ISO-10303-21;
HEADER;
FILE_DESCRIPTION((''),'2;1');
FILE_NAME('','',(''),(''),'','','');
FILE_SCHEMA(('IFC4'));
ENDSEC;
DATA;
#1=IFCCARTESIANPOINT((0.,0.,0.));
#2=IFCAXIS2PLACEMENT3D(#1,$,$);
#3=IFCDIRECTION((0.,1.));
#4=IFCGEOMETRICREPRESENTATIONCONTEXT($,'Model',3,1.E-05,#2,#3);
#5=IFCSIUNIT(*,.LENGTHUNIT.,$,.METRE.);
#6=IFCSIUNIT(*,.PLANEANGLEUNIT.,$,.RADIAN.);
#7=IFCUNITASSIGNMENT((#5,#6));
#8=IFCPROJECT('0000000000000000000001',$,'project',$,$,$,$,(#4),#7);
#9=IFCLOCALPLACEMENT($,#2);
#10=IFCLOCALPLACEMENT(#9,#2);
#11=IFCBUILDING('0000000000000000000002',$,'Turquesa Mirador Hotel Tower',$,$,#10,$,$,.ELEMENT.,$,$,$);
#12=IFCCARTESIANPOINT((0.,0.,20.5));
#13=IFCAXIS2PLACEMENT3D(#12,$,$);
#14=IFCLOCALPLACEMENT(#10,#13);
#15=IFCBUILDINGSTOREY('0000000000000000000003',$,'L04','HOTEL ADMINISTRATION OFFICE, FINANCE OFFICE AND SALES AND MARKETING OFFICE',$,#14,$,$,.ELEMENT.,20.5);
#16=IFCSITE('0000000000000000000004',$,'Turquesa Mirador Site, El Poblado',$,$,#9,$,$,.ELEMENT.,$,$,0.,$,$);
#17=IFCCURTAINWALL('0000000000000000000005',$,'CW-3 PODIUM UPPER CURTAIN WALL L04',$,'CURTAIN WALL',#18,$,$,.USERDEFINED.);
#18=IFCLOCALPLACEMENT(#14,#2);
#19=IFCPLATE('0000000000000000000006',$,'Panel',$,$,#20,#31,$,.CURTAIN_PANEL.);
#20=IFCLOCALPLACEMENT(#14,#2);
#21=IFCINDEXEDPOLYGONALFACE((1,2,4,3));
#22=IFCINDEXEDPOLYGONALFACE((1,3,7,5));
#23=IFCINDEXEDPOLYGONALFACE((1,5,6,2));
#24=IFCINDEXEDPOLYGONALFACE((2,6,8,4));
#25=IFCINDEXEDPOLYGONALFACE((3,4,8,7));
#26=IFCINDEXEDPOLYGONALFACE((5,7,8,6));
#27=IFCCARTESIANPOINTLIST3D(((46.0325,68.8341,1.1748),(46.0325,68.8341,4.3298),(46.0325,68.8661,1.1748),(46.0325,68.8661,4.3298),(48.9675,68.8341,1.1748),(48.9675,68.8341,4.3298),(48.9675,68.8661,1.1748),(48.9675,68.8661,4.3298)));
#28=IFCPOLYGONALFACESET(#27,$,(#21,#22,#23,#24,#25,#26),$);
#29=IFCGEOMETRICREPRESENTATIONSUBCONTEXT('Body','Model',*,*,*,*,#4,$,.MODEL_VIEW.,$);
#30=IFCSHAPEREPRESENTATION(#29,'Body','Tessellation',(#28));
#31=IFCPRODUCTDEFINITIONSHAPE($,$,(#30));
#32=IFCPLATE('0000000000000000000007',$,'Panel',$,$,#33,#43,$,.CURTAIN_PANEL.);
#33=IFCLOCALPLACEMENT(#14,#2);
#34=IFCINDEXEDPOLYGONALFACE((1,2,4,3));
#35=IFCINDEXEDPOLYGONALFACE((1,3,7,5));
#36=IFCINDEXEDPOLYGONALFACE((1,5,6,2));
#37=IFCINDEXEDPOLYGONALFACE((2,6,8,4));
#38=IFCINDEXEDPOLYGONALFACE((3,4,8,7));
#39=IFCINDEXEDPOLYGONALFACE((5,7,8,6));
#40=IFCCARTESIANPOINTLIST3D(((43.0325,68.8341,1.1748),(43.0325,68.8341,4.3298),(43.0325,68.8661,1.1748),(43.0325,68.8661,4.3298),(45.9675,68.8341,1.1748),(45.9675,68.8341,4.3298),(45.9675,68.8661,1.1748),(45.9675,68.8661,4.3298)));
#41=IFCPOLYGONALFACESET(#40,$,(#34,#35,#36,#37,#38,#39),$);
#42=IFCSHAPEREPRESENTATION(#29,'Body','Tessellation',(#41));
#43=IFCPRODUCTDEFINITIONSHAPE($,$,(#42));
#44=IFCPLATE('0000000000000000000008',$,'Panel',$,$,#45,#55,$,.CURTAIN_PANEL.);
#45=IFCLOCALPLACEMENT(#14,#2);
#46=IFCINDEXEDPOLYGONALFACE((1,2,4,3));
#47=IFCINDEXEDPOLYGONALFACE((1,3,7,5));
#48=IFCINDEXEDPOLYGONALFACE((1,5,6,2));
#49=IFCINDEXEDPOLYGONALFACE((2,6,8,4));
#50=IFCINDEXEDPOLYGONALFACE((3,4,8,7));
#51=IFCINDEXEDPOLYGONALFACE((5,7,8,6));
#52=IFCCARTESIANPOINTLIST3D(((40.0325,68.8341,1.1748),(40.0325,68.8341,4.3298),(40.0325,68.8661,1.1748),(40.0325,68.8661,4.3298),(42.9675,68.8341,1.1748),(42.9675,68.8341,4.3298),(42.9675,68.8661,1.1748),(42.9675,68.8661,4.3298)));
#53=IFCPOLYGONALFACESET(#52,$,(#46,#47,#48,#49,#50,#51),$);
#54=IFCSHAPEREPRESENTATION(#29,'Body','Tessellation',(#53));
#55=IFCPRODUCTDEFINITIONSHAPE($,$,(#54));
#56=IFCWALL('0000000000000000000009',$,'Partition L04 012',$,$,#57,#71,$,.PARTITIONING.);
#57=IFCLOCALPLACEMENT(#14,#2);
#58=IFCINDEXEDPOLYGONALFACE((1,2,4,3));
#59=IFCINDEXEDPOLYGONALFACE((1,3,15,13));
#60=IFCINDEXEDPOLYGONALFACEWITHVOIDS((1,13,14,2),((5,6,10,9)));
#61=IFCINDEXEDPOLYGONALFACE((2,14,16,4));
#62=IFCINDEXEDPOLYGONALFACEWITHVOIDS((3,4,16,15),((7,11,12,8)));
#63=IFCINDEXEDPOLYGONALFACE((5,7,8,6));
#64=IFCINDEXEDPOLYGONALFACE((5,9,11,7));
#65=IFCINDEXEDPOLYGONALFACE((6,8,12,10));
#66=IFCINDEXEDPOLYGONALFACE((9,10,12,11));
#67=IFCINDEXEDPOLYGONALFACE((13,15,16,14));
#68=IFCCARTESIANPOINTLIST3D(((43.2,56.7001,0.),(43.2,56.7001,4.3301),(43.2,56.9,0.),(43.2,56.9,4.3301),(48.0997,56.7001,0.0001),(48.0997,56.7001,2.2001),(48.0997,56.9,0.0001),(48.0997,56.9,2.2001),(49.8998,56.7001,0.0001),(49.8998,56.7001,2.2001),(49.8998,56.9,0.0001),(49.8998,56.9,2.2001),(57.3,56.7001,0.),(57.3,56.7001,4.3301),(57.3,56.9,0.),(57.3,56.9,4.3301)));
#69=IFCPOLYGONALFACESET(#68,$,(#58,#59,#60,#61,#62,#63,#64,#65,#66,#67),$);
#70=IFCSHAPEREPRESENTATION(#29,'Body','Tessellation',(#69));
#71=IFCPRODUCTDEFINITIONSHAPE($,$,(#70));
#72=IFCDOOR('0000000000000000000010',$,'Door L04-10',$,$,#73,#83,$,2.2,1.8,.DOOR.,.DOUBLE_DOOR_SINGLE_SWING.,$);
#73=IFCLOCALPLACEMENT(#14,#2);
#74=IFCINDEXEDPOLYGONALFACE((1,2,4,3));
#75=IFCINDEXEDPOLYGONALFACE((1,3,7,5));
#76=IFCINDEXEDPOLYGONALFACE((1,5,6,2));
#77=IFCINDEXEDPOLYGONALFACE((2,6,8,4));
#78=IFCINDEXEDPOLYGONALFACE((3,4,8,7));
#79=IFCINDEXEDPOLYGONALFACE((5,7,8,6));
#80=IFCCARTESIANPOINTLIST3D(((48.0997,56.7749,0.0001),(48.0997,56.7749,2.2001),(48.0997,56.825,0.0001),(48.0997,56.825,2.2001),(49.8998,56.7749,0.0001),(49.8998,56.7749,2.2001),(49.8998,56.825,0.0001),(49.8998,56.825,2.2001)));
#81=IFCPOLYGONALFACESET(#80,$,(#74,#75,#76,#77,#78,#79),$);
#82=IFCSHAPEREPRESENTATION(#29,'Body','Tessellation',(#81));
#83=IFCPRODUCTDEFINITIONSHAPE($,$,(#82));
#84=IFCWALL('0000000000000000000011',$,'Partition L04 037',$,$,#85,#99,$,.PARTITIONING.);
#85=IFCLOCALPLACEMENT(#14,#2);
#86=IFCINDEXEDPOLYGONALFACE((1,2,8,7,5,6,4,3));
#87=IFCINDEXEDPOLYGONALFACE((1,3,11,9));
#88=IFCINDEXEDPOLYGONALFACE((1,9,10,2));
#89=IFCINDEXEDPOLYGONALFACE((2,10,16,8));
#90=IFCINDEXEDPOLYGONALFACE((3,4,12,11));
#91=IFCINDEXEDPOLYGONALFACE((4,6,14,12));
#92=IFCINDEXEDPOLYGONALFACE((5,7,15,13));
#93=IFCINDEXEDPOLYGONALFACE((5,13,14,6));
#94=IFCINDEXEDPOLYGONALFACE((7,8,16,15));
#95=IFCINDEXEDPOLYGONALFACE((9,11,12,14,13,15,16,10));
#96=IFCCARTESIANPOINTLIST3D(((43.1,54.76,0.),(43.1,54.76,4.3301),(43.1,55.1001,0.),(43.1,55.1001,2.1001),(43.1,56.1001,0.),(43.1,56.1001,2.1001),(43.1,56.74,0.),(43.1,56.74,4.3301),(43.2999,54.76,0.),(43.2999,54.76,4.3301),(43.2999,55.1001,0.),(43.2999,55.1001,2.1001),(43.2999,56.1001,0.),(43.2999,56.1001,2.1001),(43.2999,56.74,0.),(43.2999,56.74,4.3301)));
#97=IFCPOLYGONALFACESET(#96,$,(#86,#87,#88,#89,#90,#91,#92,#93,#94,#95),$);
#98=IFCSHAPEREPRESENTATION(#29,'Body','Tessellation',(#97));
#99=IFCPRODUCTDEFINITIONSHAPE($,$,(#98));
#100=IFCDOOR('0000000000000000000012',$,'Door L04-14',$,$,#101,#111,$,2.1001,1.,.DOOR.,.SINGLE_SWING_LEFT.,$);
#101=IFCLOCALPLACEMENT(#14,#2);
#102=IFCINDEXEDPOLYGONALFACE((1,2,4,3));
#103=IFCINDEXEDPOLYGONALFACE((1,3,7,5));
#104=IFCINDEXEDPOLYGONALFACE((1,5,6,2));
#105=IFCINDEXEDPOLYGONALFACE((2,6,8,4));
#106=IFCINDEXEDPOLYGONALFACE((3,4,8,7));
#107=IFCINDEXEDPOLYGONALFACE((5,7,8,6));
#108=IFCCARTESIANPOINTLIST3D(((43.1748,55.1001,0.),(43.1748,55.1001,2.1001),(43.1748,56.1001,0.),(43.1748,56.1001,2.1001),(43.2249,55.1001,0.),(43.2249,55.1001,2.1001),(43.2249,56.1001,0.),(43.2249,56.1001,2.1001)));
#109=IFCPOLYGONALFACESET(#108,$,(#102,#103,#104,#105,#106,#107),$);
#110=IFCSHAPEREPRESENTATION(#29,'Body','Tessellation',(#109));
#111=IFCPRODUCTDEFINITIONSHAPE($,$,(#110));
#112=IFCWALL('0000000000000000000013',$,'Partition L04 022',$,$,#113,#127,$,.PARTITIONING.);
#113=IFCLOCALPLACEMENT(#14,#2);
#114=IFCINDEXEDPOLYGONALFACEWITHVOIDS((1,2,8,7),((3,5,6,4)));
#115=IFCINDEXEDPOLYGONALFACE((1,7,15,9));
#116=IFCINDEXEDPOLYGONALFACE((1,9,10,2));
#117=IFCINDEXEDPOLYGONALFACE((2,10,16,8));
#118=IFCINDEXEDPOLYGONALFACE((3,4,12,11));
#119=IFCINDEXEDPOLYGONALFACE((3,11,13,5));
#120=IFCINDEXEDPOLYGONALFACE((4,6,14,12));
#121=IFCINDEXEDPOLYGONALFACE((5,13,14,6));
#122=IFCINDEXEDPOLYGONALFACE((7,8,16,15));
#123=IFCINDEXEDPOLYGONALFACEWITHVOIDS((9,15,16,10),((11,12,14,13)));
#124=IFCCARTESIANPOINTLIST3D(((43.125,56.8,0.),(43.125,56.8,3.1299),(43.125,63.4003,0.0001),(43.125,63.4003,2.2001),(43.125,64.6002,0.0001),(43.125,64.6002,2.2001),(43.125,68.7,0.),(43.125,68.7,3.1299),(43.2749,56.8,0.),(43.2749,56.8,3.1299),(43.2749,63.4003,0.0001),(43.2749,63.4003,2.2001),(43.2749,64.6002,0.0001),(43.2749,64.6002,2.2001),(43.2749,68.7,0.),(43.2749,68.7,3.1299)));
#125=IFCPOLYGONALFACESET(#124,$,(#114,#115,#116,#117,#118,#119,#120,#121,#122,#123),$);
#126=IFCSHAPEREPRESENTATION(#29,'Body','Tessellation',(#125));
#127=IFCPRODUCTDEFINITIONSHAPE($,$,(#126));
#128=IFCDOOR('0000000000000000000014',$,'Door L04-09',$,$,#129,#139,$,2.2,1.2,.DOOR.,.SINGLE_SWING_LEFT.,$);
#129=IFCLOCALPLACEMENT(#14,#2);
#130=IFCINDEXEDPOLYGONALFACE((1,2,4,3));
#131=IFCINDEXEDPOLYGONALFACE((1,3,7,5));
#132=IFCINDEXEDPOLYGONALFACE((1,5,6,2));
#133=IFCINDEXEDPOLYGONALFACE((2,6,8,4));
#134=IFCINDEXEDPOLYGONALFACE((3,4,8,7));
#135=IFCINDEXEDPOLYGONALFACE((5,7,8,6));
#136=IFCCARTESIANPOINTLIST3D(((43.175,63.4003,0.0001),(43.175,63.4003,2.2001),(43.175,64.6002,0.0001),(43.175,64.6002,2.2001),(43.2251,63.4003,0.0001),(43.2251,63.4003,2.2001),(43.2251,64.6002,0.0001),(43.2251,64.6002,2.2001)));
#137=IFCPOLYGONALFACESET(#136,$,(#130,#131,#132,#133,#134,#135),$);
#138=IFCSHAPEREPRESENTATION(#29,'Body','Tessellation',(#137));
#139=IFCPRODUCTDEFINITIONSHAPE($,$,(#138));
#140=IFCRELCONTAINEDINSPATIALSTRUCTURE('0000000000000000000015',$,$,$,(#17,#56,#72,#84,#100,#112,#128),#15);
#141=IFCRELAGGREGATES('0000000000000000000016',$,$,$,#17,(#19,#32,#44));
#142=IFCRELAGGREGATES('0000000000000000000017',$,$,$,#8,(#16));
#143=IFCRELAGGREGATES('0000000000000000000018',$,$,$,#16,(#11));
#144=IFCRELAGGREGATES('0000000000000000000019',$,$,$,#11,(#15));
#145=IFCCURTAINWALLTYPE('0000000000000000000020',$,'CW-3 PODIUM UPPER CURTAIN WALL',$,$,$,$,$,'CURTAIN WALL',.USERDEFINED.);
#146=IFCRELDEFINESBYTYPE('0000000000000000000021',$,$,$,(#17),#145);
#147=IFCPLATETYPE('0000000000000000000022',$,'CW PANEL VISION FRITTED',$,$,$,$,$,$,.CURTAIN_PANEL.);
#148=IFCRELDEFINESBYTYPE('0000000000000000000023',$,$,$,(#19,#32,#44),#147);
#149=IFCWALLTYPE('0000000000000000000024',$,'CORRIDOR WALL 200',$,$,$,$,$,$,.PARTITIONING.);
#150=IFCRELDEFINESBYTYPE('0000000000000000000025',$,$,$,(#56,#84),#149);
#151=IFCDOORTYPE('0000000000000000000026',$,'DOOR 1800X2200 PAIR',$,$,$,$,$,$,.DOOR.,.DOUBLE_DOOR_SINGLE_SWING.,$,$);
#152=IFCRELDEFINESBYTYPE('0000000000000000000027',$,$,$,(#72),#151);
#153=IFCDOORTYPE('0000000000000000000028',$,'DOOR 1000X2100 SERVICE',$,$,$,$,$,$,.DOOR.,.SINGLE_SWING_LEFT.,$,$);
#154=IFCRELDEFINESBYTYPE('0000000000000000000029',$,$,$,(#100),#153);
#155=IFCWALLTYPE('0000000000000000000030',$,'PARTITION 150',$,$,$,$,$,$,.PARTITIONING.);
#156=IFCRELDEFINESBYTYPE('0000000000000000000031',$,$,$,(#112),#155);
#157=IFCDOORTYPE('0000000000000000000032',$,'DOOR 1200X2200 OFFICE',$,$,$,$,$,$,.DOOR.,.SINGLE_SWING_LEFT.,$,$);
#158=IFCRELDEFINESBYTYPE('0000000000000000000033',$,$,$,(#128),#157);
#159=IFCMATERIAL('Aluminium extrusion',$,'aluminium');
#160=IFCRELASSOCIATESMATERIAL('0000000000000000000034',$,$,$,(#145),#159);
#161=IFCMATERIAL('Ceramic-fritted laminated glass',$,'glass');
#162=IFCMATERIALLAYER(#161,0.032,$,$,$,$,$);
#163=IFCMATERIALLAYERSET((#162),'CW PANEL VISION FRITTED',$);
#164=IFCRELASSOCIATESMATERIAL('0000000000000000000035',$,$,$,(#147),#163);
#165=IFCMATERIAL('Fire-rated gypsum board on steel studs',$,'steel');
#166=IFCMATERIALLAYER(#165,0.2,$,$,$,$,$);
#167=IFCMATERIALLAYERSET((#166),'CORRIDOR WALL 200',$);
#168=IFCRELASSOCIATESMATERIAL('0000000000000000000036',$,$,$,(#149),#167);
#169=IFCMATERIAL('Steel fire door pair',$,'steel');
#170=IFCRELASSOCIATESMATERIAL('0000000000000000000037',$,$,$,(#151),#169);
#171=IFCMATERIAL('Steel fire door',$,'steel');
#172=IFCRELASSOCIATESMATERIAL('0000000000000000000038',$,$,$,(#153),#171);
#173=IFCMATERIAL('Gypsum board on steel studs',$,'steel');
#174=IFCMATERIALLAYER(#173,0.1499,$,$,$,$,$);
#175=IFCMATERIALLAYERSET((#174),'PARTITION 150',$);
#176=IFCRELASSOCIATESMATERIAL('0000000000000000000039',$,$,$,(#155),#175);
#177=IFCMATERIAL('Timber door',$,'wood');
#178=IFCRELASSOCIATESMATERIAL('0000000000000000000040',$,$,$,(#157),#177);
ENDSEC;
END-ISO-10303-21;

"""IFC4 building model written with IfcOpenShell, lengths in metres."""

from ifc_helpers import new_model, si_unit, direction, frame, frame_2d, origin, origin_2d, place, context, subcontext, project, spatial, rectangle, extrude, material, layer, layer_set, type_object, element, fill, aggregate, save


model = new_model("IFC4")

# Units and contexts
model_context = context("Model", 3, precision=1e-05, world=origin(), true_north=direction((0.0, 1.0)))
body_context = subcontext(model_context, "Body", "Model", "MODEL_VIEW")
ifc_project = project(units=[si_unit("LENGTHUNIT", "METRE"), si_unit("PLANEANGLEUNIT", "RADIAN")], contexts=[model_context])

# Site, building, storey
site_placement = place(None, origin())
site = spatial("IfcSite", under=ifc_project, at=site_placement, Name="Turquesa Mirador Site, El Poblado", CompositionType="ELEMENT", RefElevation=0.0)
building_placement = place(site_placement, origin())
building = spatial("IfcBuilding", under=site, at=building_placement, Name="Turquesa Mirador Hotel Tower", CompositionType="ELEMENT")
storey_placement = place(building_placement, frame((0.0, 0.0, 20.5)))
storey = spatial("IfcBuildingStorey", under=building, at=storey_placement, Name="L04", Description="HOTEL ADMINISTRATION OFFICE, FINANCE OFFICE AND SALES AND MARKETING OFFICE", CompositionType="ELEMENT", Elevation=20.5)

# Curtain wall, plates
ifc_material_1 = material(Name="Aluminium extrusion", Category="aluminium")
curtain_wall_type = type_object("IfcCurtainWallType", Name="CW-3 PODIUM UPPER CURTAIN WALL", ElementType="CURTAIN WALL", PredefinedType="USERDEFINED", material=ifc_material_1)
curtain_wall_placement = place(storey_placement, origin())
curtain_wall = element("IfcCurtainWall", 1, at=curtain_wall_placement, inside=storey, type_object=curtain_wall_type, Name="CW-3 PODIUM UPPER CURTAIN WALL L04", ObjectType="CURTAIN WALL", PredefinedType="USERDEFINED")
ifc_material_2 = material(Name="Ceramic-fritted laminated glass", Category="glass")
ifc_layer_1 = layer(ifc_material_2, 0.032)
ifc_layer_set_1 = layer_set([ifc_layer_1], Name="CW PANEL VISION FRITTED")
plate_type_1 = type_object("IfcPlateType", Name="CW PANEL VISION FRITTED", PredefinedType="CURTAIN_PANEL", material=ifc_layer_set_1)
plate_1_placement = place(storey_placement, frame((47.5, 68.8501, 1.1748), z_axis=(0.0, 0.0, 1.0), x_axis=(-1.0, 0.0, 0.0)))
plate_1 = element("IfcPlate", 2, at=plate_1_placement, type_object=plate_type_1, Name="Panel", PredefinedType="CURTAIN_PANEL", context=body_context, shape_type="SweptSolid", body=[
    extrude(rectangle(XDim=2.9351, YDim=0.032, at=origin_2d()), origin(), (0.0, 0.0, 1.0), 3.155),
])
plate_2_placement = place(storey_placement, frame((44.5, 68.8501, 1.1748), z_axis=(0.0, 0.0, 1.0), x_axis=(-1.0, 0.0, 0.0)))
plate_2 = element("IfcPlate", 3, at=plate_2_placement, type_object=plate_type_1, Name="Panel", PredefinedType="CURTAIN_PANEL", context=body_context, shape_type="SweptSolid", body=[
    extrude(rectangle(XDim=2.9351, YDim=0.032, at=origin_2d()), origin(), (0.0, 0.0, 1.0), 3.155),
])
plate_3_placement = place(storey_placement, frame((41.5, 68.8501, 1.1748), z_axis=(0.0, 0.0, 1.0), x_axis=(-1.0, 0.0, 0.0)))
plate_3 = element("IfcPlate", 4, at=plate_3_placement, type_object=plate_type_1, Name="Panel", PredefinedType="CURTAIN_PANEL", context=body_context, shape_type="SweptSolid", body=[
    extrude(rectangle(XDim=2.9351, YDim=0.032, at=origin_2d()), origin(), (0.0, 0.0, 1.0), 3.155),
])
aggregate(curtain_wall, [plate_1, plate_2, plate_3])

# Walls, openings, doors
ifc_material_3 = material(Name="Fire-rated gypsum board on steel studs", Category="steel")
ifc_layer_2 = layer(ifc_material_3, 0.2)
ifc_layer_set_2 = layer_set([ifc_layer_2], Name="CORRIDOR WALL 200")
wall_type_1 = type_object("IfcWallType", Name="CORRIDOR WALL 200", PredefinedType="PARTITIONING", material=ifc_layer_set_2)
wall_1_placement = place(storey_placement, frame((43.2, 56.8, 0.0), z_axis=(0.0, 0.0, 1.0), x_axis=(1.0, 0.0, 0.0)))
wall_1 = element("IfcWall", 5, at=wall_1_placement, inside=storey, type_object=wall_type_1, Name="Partition L04 012", PredefinedType="PARTITIONING", context=body_context, shape_type="SweptSolid", body=[
    extrude(rectangle(XDim=14.1001, YDim=0.2, at=frame_2d((7.05, 0.0))), origin(), (0.0, 0.0, 1.0), 4.3301),
])
opening_1_placement = place(wall_1_placement, frame((4.8999, 0.0, 0.0)))
opening_1 = element("IfcOpeningElement", 6, at=opening_1_placement, cuts=wall_1, PredefinedType="OPENING", context=body_context, shape_type="SweptSolid", body=[
    extrude(rectangle(XDim=1.8, YDim=2.2, at=frame_2d((0.8999, 1.1001))), frame((0.0, 0.1099, 0.0), z_axis=(0.0, -1.0, 0.0), x_axis=(1.0, 0.0, 0.0)), (0.0, 0.0, 1.0), 0.22),
])
ifc_material_4 = material(Name="Steel fire door pair", Category="steel")
door_type_1 = type_object("IfcDoorType", Name="DOOR 1800X2200 PAIR", OperationType="DOUBLE_DOOR_SINGLE_SWING", PredefinedType="DOOR", material=ifc_material_4)
door_1_placement = place(opening_1_placement, origin())
door_1 = element("IfcDoor", 7, at=door_1_placement, inside=storey, type_object=door_type_1, Name="Door L04-10", OperationType="DOUBLE_DOOR_SINGLE_SWING", OverallHeight=2.2, OverallWidth=1.8, PredefinedType="DOOR", context=body_context, shape_type="SweptSolid", body=[
    extrude(rectangle(XDim=1.8, YDim=2.2, at=frame_2d((0.8999, 1.1001))), frame((0.0, 0.0249, 0.0), z_axis=(0.0, -1.0, 0.0), x_axis=(1.0, 0.0, 0.0)), (0.0, 0.0, 1.0), 0.05),
])
fill(opening_1, door_1)
wall_2_placement = place(storey_placement, frame((43.2, 56.74, 0.0), z_axis=(0.0, 0.0, 1.0), x_axis=(0.0, -1.0, 0.0)))
wall_2 = element("IfcWall", 8, at=wall_2_placement, inside=storey, type_object=wall_type_1, Name="Partition L04 037", PredefinedType="PARTITIONING", context=body_context, shape_type="SweptSolid", body=[
    extrude(rectangle(XDim=1.98, YDim=0.2, at=frame_2d((0.99, 0.0))), origin(), (0.0, 0.0, 1.0), 4.3301),
])
opening_2_placement = place(wall_2_placement, frame((0.6399, 0.0, 0.0)))
opening_2 = element("IfcOpeningElement", 9, at=opening_2_placement, cuts=wall_2, PredefinedType="OPENING", context=body_context, shape_type="SweptSolid", body=[
    extrude(rectangle(XDim=1.0, YDim=2.1001, at=frame_2d((0.5, 1.05))), frame((0.0, 0.1099, 0.0), z_axis=(0.0, -1.0, 0.0), x_axis=(1.0, 0.0, 0.0)), (0.0, 0.0, 1.0), 0.22),
])
ifc_material_5 = material(Name="Steel fire door", Category="steel")
door_type_2 = type_object("IfcDoorType", Name="DOOR 1000X2100 SERVICE", OperationType="SINGLE_SWING_LEFT", PredefinedType="DOOR", material=ifc_material_5)
door_2_placement = place(opening_2_placement, origin())
door_2 = element("IfcDoor", 10, at=door_2_placement, inside=storey, type_object=door_type_2, Name="Door L04-14", OperationType="SINGLE_SWING_LEFT", OverallHeight=2.1001, OverallWidth=1.0, PredefinedType="DOOR", context=body_context, shape_type="SweptSolid", body=[
    extrude(rectangle(XDim=1.0, YDim=2.1001, at=frame_2d((0.5, 1.05))), frame((0.0, 0.0249, 0.0), z_axis=(0.0, -1.0, 0.0), x_axis=(1.0, 0.0, 0.0)), (0.0, 0.0, 1.0), 0.05),
])
fill(opening_2, door_2)
ifc_material_6 = material(Name="Gypsum board on steel studs", Category="steel")
ifc_layer_3 = layer(ifc_material_6, 0.1499)
ifc_layer_set_3 = layer_set([ifc_layer_3], Name="PARTITION 150")
wall_type_2 = type_object("IfcWallType", Name="PARTITION 150", PredefinedType="PARTITIONING", material=ifc_layer_set_3)
wall_3_placement = place(storey_placement, frame((43.2, 56.8, 0.0), z_axis=(0.0, 0.0, 1.0), x_axis=(0.0, 1.0, 0.0)))
wall_3 = element("IfcWall", 11, at=wall_3_placement, inside=storey, type_object=wall_type_2, Name="Partition L04 022", PredefinedType="PARTITIONING", context=body_context, shape_type="SweptSolid", body=[
    extrude(rectangle(XDim=11.8999, YDim=0.1499, at=frame_2d((5.95, 0.0))), origin(), (0.0, 0.0, 1.0), 3.1299),
])
opening_3_placement = place(wall_3_placement, frame((6.6001, 0.0, 0.0)))
opening_3 = element("IfcOpeningElement", 12, at=opening_3_placement, cuts=wall_3, PredefinedType="OPENING", context=body_context, shape_type="SweptSolid", body=[
    extrude(rectangle(XDim=1.2, YDim=2.2, at=frame_2d((0.6001, 1.1001))), frame((0.0, 0.085, 0.0), z_axis=(0.0, -1.0, 0.0), x_axis=(1.0, 0.0, 0.0)), (0.0, 0.0, 1.0), 0.1699),
])
ifc_material_7 = material(Name="Timber door", Category="wood")
door_type_3 = type_object("IfcDoorType", Name="DOOR 1200X2200 OFFICE", OperationType="SINGLE_SWING_LEFT", PredefinedType="DOOR", material=ifc_material_7)
door_3_placement = place(opening_3_placement, origin())
door_3 = element("IfcDoor", 13, at=door_3_placement, inside=storey, type_object=door_type_3, Name="Door L04-09", OperationType="SINGLE_SWING_LEFT", OverallHeight=2.2, OverallWidth=1.2, PredefinedType="DOOR", context=body_context, shape_type="SweptSolid", body=[
    extrude(rectangle(XDim=1.2, YDim=2.2, at=frame_2d((0.6001, 1.1001))), frame((0.0, 0.0249, 0.0), z_axis=(0.0, -1.0, 0.0), x_axis=(1.0, 0.0, 0.0)), (0.0, 0.0, 1.0), 0.05),
])
fill(opening_3, door_3)

save(model, "model.ifc")
